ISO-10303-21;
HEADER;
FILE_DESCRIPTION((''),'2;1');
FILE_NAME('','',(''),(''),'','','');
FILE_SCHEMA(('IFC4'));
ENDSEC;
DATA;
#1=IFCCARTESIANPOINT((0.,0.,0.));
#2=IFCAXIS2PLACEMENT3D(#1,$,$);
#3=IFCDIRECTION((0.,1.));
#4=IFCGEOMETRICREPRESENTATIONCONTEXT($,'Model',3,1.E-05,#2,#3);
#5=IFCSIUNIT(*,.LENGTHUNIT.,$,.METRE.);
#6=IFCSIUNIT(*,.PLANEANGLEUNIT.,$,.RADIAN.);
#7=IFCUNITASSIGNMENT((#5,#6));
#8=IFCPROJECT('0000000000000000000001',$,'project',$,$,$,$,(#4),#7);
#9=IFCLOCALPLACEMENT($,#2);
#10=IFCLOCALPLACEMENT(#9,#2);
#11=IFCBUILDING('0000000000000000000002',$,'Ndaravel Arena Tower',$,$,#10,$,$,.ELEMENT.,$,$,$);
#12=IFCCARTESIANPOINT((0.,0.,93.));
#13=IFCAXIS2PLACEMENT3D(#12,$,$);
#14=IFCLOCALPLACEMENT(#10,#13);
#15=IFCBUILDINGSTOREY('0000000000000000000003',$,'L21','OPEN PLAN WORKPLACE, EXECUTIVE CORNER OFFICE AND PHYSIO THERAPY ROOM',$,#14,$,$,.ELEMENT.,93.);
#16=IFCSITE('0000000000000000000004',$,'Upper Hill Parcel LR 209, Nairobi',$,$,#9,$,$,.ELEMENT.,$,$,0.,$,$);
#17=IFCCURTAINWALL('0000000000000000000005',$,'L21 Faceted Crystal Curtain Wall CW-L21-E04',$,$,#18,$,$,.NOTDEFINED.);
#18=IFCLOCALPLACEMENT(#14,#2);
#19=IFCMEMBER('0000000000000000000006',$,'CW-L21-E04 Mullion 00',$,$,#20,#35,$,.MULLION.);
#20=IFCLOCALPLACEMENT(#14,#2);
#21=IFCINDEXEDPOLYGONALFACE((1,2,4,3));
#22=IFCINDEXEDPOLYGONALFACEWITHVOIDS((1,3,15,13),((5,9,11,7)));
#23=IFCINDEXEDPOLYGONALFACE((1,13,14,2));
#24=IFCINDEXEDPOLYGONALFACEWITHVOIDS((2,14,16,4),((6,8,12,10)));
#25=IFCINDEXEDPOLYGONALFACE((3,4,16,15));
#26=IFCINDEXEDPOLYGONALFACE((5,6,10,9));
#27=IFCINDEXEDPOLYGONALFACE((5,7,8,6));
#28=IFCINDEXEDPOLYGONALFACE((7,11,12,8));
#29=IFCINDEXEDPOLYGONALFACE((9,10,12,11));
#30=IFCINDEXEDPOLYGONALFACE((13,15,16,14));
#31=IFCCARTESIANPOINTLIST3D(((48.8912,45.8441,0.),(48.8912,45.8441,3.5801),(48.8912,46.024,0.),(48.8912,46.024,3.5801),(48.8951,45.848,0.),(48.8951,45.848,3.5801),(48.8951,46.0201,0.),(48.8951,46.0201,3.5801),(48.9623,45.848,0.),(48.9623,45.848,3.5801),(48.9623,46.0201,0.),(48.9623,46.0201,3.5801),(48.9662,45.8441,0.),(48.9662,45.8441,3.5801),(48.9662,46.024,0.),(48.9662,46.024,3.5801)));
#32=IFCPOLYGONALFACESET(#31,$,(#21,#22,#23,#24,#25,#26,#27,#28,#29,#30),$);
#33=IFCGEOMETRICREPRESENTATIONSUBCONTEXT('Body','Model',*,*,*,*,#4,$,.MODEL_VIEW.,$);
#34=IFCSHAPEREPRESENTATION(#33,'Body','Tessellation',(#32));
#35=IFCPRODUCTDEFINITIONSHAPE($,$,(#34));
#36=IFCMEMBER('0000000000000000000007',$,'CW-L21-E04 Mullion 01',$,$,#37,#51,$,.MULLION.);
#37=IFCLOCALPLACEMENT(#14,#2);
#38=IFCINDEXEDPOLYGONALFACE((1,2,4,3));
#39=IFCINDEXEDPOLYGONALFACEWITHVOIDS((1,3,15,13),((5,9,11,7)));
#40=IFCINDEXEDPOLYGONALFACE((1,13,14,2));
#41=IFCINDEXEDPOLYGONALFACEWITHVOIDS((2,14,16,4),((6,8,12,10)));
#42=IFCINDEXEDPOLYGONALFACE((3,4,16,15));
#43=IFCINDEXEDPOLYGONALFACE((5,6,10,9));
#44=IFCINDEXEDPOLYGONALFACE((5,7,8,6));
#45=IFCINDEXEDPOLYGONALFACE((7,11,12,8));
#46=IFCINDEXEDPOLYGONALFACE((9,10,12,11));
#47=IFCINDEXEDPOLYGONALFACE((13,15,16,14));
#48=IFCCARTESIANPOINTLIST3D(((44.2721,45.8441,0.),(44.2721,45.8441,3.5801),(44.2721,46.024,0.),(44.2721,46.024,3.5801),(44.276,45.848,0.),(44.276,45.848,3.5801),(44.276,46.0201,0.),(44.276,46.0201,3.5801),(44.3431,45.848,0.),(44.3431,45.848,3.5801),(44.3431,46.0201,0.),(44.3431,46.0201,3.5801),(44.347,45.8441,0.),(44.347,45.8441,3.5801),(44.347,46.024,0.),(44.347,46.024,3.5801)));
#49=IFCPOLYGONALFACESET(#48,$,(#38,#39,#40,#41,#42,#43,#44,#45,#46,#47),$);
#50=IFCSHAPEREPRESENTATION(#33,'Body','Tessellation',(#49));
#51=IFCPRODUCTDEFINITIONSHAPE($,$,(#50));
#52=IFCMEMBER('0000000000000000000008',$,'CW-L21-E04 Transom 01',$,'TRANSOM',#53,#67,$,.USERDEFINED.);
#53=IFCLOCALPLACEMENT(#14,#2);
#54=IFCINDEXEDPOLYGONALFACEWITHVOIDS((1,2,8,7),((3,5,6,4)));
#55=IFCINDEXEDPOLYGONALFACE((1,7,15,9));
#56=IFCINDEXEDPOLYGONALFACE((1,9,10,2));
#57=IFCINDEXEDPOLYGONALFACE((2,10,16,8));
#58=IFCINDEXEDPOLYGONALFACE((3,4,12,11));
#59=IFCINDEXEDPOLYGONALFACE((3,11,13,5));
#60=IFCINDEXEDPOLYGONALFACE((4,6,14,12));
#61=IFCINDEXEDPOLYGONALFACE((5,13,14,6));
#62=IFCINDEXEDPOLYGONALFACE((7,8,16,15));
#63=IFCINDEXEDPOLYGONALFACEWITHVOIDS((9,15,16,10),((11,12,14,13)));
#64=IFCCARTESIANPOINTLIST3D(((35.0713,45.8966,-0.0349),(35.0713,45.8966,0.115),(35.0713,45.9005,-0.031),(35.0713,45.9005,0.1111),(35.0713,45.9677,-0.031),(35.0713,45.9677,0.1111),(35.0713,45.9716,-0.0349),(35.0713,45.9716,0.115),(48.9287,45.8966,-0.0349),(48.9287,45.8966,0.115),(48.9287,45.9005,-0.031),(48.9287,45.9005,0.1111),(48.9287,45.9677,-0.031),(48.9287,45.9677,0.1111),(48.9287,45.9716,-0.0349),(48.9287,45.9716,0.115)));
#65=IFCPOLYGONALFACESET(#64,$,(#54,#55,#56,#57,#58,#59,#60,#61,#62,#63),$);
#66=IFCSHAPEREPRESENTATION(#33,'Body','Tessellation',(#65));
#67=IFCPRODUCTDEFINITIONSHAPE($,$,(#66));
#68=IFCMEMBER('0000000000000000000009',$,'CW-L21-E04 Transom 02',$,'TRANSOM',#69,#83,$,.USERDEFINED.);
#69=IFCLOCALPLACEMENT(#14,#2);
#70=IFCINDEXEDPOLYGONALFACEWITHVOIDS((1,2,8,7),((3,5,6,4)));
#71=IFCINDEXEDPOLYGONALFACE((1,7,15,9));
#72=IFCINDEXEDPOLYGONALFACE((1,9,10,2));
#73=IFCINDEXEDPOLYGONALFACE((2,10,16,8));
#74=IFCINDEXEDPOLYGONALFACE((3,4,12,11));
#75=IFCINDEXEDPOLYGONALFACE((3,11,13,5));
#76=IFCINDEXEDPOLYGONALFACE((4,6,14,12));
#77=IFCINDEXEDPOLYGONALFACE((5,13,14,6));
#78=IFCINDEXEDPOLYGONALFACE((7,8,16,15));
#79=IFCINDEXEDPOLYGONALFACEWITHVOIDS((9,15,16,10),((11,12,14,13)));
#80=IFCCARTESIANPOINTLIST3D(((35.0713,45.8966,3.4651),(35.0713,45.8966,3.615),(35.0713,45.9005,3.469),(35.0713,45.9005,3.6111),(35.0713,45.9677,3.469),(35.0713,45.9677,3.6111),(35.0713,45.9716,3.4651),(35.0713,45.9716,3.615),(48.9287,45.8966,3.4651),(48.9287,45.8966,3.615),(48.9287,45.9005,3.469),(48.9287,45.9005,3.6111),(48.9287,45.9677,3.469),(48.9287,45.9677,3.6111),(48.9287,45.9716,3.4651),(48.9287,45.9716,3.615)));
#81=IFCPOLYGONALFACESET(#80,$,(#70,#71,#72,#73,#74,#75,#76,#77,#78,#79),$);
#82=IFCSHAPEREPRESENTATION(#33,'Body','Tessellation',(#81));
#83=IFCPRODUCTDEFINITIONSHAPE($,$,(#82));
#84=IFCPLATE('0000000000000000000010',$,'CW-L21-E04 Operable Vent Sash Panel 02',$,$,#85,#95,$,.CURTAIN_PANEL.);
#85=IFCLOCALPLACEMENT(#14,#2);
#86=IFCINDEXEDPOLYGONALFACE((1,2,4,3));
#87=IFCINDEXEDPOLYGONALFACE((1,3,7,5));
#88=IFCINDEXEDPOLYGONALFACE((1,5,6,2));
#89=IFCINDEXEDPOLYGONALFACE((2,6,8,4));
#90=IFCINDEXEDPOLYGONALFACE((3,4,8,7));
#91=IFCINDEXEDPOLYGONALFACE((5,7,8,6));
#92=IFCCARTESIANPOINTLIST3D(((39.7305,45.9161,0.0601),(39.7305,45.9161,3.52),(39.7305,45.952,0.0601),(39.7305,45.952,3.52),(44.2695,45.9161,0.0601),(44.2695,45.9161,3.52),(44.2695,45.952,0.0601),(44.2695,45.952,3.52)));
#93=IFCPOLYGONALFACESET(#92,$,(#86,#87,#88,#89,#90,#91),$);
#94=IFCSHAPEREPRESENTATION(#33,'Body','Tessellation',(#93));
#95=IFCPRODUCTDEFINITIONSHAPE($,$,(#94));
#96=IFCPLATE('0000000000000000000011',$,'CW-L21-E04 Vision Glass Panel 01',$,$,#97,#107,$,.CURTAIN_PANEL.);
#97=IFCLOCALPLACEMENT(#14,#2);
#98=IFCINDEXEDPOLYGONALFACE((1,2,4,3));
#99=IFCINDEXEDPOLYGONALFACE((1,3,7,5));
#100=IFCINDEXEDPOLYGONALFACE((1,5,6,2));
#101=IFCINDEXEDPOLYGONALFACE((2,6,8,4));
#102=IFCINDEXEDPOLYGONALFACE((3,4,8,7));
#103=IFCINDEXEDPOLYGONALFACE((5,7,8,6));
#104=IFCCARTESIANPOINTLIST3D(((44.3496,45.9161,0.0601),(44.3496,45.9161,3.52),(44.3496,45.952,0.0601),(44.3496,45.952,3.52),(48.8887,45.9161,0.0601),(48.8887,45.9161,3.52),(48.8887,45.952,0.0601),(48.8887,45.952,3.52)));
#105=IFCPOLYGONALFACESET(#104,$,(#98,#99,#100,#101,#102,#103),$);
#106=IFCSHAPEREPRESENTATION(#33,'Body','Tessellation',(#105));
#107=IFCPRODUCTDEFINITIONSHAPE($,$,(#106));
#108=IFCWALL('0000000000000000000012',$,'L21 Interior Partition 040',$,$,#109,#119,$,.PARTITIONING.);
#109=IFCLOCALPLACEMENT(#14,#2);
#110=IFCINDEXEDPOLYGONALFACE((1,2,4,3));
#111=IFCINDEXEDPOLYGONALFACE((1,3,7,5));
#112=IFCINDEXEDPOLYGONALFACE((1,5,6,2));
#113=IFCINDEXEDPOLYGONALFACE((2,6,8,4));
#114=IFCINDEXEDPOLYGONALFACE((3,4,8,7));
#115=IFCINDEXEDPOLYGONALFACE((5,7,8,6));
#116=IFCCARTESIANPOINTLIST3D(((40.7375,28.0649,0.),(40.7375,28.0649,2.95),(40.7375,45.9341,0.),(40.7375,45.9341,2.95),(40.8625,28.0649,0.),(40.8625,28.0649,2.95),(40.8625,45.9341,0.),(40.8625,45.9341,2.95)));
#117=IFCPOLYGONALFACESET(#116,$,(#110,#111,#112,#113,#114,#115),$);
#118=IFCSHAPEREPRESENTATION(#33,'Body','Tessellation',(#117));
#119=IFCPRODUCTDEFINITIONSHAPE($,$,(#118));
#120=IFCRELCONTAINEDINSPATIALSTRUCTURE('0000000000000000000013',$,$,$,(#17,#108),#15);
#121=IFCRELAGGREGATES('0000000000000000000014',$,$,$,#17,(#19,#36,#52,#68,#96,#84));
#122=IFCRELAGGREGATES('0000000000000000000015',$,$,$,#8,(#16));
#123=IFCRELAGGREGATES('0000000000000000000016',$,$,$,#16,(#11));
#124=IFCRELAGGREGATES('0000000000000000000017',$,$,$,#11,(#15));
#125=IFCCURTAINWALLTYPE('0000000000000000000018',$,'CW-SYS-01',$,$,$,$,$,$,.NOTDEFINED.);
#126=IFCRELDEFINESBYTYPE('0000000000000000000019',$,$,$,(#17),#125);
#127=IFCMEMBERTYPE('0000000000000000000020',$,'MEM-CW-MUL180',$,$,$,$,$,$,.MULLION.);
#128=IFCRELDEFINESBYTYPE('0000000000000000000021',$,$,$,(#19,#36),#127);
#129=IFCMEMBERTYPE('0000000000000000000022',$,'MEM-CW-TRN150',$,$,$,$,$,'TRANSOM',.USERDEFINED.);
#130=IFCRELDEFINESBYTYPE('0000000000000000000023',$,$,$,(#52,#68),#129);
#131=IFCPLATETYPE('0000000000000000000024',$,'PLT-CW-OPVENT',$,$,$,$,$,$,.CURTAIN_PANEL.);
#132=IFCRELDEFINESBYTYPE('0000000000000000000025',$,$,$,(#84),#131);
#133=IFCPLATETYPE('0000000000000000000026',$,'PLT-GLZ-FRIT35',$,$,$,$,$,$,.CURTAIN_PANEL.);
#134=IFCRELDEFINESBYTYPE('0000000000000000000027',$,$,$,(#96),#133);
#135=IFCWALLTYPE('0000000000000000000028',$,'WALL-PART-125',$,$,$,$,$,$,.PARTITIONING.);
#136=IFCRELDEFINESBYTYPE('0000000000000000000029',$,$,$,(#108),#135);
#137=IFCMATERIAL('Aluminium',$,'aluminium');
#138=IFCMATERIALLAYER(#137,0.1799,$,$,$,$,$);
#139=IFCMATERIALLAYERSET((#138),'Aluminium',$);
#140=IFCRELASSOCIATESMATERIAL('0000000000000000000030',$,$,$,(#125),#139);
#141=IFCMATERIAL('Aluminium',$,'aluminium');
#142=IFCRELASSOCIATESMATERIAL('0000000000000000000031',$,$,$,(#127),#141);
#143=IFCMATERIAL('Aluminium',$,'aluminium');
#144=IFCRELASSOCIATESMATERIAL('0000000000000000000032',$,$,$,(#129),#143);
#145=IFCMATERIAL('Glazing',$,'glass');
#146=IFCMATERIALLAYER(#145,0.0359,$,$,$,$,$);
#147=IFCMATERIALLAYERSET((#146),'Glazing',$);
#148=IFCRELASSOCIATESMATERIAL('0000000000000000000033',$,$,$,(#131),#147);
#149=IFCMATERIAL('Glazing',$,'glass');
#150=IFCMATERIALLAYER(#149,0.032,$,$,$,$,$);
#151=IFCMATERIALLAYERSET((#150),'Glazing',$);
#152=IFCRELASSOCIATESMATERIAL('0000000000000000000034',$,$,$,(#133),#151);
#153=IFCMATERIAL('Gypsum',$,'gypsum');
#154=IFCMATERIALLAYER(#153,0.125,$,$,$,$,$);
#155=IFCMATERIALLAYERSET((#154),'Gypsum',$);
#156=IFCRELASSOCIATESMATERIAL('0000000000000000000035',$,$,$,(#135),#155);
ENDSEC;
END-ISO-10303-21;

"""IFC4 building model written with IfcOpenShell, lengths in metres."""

from ifc_helpers import new_model, si_unit, direction, frame, frame_2d, origin, origin_2d, place, context, subcontext, project, spatial, rectangle, hollow_rectangle, extrude, material, layer, layer_set, material_profile, profile_set, type_object, element, aggregate, save


model = new_model("IFC4")

# Units and contexts
model_context = context("Model", 3, precision=1e-05, world=origin(), true_north=direction((0.0, 1.0)))
body_context = subcontext(model_context, "Body", "Model", "MODEL_VIEW")
ifc_project = project(units=[si_unit("LENGTHUNIT", "METRE"), si_unit("PLANEANGLEUNIT", "RADIAN")], contexts=[model_context])

# Site, building, storey
site_placement = place(None, origin())
site = spatial("IfcSite", under=ifc_project, at=site_placement, Name="Upper Hill Parcel LR 209, Nairobi", CompositionType="ELEMENT", RefElevation=0.0)
building_placement = place(site_placement, origin())
building = spatial("IfcBuilding", under=site, at=building_placement, Name="Ndaravel Arena Tower", CompositionType="ELEMENT")
storey_placement = place(building_placement, frame((0.0, 0.0, 93.0)))
storey = spatial("IfcBuildingStorey", under=building, at=storey_placement, Name="L21", Description="OPEN PLAN WORKPLACE, EXECUTIVE CORNER OFFICE AND PHYSIO THERAPY ROOM", CompositionType="ELEMENT", Elevation=93.0)

# Curtain wall, members, plates
ifc_material_1 = material(Name="Aluminium", Category="aluminium")
ifc_layer_1 = layer(ifc_material_1, 0.1799)
ifc_layer_set_1 = layer_set([ifc_layer_1], Name="Aluminium")
curtain_wall_type = type_object("IfcCurtainWallType", Name="CW-SYS-01", PredefinedType="NOTDEFINED", material=ifc_layer_set_1)
curtain_wall_placement = place(storey_placement, origin())
curtain_wall = element("IfcCurtainWall", 1, at=curtain_wall_placement, inside=storey, type_object=curtain_wall_type, Name="L21 Faceted Crystal Curtain Wall CW-L21-E04", PredefinedType="NOTDEFINED")
ifc_material_2 = material(Name="Aluminium", Category="aluminium")
ifc_material_profile_1 = material_profile(ifc_material_2, hollow_rectangle(XDim=0.075, YDim=0.1799, WallThickness=0.0039, at=origin_2d()), Name="CW MULLION 75x180x4")
ifc_profile_set_1 = profile_set([ifc_material_profile_1], Name="Aluminium")
member_type_1 = type_object("IfcMemberType", Name="MEM-CW-MUL180", PredefinedType="MULLION", material=ifc_profile_set_1)
member_1_placement = place(storey_placement, frame((48.9287, 45.9341, 0.0), z_axis=(0.0, 0.0, 1.0), x_axis=(-1.0, 0.0, 0.0)))
member_1 = element("IfcMember", 2, at=member_1_placement, type_object=member_type_1, Name="CW-L21-E04 Mullion 00", PredefinedType="MULLION", context=body_context, shape_type="SweptSolid", body=[
    extrude(hollow_rectangle(XDim=0.075, YDim=0.1799, WallThickness=0.0039, at=origin_2d()), origin(), (0.0, 0.0, 1.0), 3.5801),
])
member_2_placement = place(storey_placement, frame((44.3096, 45.9341, 0.0), z_axis=(0.0, 0.0, 1.0), x_axis=(-1.0, 0.0, 0.0)))
member_2 = element("IfcMember", 3, at=member_2_placement, type_object=member_type_1, Name="CW-L21-E04 Mullion 01", PredefinedType="MULLION", context=body_context, shape_type="SweptSolid", body=[
    extrude(hollow_rectangle(XDim=0.075, YDim=0.1799, WallThickness=0.0039, at=origin_2d()), origin(), (0.0, 0.0, 1.0), 3.5801),
])
ifc_material_3 = material(Name="Aluminium", Category="aluminium")
ifc_material_profile_2 = material_profile(ifc_material_3, hollow_rectangle(XDim=0.075, YDim=0.1499, WallThickness=0.0039, at=origin_2d()), Name="CW TRANSOM 75x150x4")
ifc_profile_set_2 = profile_set([ifc_material_profile_2], Name="Aluminium")
member_type_2 = type_object("IfcMemberType", Name="MEM-CW-TRN150", ElementType="TRANSOM", PredefinedType="USERDEFINED", material=ifc_profile_set_2)
member_3_placement = place(storey_placement, frame((48.9287, 45.9341, 0.04), z_axis=(-1.0, 0.0, 0.0), x_axis=(0.0, -1.0, 0.0)))
member_3 = element("IfcMember", 4, at=member_3_placement, type_object=member_type_2, Name="CW-L21-E04 Transom 01", ObjectType="TRANSOM", PredefinedType="USERDEFINED", context=body_context, shape_type="SweptSolid", body=[
    extrude(hollow_rectangle(XDim=0.075, YDim=0.1499, WallThickness=0.0039, at=origin_2d()), origin(), (0.0, 0.0, 1.0), 13.8574),
])
member_4_placement = place(storey_placement, frame((48.9287, 45.9341, 3.54), z_axis=(-1.0, 0.0, 0.0), x_axis=(0.0, -1.0, 0.0)))
member_4 = element("IfcMember", 5, at=member_4_placement, type_object=member_type_2, Name="CW-L21-E04 Transom 02", ObjectType="TRANSOM", PredefinedType="USERDEFINED", context=body_context, shape_type="SweptSolid", body=[
    extrude(hollow_rectangle(XDim=0.075, YDim=0.1499, WallThickness=0.0039, at=origin_2d()), origin(), (0.0, 0.0, 1.0), 13.8574),
])
ifc_material_4 = material(Name="Glazing", Category="glass")
ifc_layer_2 = layer(ifc_material_4, 0.0359)
ifc_layer_set_2 = layer_set([ifc_layer_2], Name="Glazing")
plate_type_1 = type_object("IfcPlateType", Name="PLT-CW-OPVENT", PredefinedType="CURTAIN_PANEL", material=ifc_layer_set_2)
plate_1_placement = place(storey_placement, frame((42.0, 45.9341, 0.0601), z_axis=(0.0, 0.0, 1.0), x_axis=(-1.0, 0.0, 0.0)))
plate_1 = element("IfcPlate", 6, at=plate_1_placement, type_object=plate_type_1, Name="CW-L21-E04 Operable Vent Sash Panel 02", PredefinedType="CURTAIN_PANEL", context=body_context, shape_type="SweptSolid", body=[
    extrude(rectangle(XDim=4.5391, YDim=0.0359, at=origin_2d()), origin(), (0.0, 0.0, 1.0), 3.46),
])
ifc_material_5 = material(Name="Glazing", Category="glass")
ifc_layer_3 = layer(ifc_material_5, 0.032)
ifc_layer_set_3 = layer_set([ifc_layer_3], Name="Glazing")
plate_type_2 = type_object("IfcPlateType", Name="PLT-GLZ-FRIT35", PredefinedType="CURTAIN_PANEL", material=ifc_layer_set_3)
plate_2_placement = place(storey_placement, frame((46.6191, 45.9341, 0.0601), z_axis=(0.0, 0.0, 1.0), x_axis=(-1.0, 0.0, 0.0)))
plate_2 = element("IfcPlate", 7, at=plate_2_placement, type_object=plate_type_2, Name="CW-L21-E04 Vision Glass Panel 01", PredefinedType="CURTAIN_PANEL", context=body_context, shape_type="SweptSolid", body=[
    extrude(rectangle(XDim=4.5391, YDim=0.0359, at=origin_2d()), origin(), (0.0, 0.0, 1.0), 3.46),
])
aggregate(curtain_wall, [member_1, member_2, member_3, member_4, plate_2, plate_1])

# Wall
ifc_material_6 = material(Name="Gypsum", Category="gypsum")
ifc_layer_4 = layer(ifc_material_6, 0.125)
ifc_layer_set_4 = layer_set([ifc_layer_4], Name="Gypsum")
wall_type = type_object("IfcWallType", Name="WALL-PART-125", PredefinedType="PARTITIONING", material=ifc_layer_set_4)
wall_placement = place(storey_placement, frame((40.8, 45.9341, 0.0), z_axis=(0.0, 0.0, 1.0), x_axis=(0.0, -1.0, 0.0)))
element("IfcWall", 8, at=wall_placement, inside=storey, type_object=wall_type, Name="L21 Interior Partition 040", PredefinedType="PARTITIONING", context=body_context, shape_type="SweptSolid", body=[
    extrude(rectangle(XDim=17.8691, YDim=0.125, at=frame_2d((8.9346, 0.0))), origin(), (0.0, 0.0, 1.0), 2.95),
])

save(model, "model.ifc")
